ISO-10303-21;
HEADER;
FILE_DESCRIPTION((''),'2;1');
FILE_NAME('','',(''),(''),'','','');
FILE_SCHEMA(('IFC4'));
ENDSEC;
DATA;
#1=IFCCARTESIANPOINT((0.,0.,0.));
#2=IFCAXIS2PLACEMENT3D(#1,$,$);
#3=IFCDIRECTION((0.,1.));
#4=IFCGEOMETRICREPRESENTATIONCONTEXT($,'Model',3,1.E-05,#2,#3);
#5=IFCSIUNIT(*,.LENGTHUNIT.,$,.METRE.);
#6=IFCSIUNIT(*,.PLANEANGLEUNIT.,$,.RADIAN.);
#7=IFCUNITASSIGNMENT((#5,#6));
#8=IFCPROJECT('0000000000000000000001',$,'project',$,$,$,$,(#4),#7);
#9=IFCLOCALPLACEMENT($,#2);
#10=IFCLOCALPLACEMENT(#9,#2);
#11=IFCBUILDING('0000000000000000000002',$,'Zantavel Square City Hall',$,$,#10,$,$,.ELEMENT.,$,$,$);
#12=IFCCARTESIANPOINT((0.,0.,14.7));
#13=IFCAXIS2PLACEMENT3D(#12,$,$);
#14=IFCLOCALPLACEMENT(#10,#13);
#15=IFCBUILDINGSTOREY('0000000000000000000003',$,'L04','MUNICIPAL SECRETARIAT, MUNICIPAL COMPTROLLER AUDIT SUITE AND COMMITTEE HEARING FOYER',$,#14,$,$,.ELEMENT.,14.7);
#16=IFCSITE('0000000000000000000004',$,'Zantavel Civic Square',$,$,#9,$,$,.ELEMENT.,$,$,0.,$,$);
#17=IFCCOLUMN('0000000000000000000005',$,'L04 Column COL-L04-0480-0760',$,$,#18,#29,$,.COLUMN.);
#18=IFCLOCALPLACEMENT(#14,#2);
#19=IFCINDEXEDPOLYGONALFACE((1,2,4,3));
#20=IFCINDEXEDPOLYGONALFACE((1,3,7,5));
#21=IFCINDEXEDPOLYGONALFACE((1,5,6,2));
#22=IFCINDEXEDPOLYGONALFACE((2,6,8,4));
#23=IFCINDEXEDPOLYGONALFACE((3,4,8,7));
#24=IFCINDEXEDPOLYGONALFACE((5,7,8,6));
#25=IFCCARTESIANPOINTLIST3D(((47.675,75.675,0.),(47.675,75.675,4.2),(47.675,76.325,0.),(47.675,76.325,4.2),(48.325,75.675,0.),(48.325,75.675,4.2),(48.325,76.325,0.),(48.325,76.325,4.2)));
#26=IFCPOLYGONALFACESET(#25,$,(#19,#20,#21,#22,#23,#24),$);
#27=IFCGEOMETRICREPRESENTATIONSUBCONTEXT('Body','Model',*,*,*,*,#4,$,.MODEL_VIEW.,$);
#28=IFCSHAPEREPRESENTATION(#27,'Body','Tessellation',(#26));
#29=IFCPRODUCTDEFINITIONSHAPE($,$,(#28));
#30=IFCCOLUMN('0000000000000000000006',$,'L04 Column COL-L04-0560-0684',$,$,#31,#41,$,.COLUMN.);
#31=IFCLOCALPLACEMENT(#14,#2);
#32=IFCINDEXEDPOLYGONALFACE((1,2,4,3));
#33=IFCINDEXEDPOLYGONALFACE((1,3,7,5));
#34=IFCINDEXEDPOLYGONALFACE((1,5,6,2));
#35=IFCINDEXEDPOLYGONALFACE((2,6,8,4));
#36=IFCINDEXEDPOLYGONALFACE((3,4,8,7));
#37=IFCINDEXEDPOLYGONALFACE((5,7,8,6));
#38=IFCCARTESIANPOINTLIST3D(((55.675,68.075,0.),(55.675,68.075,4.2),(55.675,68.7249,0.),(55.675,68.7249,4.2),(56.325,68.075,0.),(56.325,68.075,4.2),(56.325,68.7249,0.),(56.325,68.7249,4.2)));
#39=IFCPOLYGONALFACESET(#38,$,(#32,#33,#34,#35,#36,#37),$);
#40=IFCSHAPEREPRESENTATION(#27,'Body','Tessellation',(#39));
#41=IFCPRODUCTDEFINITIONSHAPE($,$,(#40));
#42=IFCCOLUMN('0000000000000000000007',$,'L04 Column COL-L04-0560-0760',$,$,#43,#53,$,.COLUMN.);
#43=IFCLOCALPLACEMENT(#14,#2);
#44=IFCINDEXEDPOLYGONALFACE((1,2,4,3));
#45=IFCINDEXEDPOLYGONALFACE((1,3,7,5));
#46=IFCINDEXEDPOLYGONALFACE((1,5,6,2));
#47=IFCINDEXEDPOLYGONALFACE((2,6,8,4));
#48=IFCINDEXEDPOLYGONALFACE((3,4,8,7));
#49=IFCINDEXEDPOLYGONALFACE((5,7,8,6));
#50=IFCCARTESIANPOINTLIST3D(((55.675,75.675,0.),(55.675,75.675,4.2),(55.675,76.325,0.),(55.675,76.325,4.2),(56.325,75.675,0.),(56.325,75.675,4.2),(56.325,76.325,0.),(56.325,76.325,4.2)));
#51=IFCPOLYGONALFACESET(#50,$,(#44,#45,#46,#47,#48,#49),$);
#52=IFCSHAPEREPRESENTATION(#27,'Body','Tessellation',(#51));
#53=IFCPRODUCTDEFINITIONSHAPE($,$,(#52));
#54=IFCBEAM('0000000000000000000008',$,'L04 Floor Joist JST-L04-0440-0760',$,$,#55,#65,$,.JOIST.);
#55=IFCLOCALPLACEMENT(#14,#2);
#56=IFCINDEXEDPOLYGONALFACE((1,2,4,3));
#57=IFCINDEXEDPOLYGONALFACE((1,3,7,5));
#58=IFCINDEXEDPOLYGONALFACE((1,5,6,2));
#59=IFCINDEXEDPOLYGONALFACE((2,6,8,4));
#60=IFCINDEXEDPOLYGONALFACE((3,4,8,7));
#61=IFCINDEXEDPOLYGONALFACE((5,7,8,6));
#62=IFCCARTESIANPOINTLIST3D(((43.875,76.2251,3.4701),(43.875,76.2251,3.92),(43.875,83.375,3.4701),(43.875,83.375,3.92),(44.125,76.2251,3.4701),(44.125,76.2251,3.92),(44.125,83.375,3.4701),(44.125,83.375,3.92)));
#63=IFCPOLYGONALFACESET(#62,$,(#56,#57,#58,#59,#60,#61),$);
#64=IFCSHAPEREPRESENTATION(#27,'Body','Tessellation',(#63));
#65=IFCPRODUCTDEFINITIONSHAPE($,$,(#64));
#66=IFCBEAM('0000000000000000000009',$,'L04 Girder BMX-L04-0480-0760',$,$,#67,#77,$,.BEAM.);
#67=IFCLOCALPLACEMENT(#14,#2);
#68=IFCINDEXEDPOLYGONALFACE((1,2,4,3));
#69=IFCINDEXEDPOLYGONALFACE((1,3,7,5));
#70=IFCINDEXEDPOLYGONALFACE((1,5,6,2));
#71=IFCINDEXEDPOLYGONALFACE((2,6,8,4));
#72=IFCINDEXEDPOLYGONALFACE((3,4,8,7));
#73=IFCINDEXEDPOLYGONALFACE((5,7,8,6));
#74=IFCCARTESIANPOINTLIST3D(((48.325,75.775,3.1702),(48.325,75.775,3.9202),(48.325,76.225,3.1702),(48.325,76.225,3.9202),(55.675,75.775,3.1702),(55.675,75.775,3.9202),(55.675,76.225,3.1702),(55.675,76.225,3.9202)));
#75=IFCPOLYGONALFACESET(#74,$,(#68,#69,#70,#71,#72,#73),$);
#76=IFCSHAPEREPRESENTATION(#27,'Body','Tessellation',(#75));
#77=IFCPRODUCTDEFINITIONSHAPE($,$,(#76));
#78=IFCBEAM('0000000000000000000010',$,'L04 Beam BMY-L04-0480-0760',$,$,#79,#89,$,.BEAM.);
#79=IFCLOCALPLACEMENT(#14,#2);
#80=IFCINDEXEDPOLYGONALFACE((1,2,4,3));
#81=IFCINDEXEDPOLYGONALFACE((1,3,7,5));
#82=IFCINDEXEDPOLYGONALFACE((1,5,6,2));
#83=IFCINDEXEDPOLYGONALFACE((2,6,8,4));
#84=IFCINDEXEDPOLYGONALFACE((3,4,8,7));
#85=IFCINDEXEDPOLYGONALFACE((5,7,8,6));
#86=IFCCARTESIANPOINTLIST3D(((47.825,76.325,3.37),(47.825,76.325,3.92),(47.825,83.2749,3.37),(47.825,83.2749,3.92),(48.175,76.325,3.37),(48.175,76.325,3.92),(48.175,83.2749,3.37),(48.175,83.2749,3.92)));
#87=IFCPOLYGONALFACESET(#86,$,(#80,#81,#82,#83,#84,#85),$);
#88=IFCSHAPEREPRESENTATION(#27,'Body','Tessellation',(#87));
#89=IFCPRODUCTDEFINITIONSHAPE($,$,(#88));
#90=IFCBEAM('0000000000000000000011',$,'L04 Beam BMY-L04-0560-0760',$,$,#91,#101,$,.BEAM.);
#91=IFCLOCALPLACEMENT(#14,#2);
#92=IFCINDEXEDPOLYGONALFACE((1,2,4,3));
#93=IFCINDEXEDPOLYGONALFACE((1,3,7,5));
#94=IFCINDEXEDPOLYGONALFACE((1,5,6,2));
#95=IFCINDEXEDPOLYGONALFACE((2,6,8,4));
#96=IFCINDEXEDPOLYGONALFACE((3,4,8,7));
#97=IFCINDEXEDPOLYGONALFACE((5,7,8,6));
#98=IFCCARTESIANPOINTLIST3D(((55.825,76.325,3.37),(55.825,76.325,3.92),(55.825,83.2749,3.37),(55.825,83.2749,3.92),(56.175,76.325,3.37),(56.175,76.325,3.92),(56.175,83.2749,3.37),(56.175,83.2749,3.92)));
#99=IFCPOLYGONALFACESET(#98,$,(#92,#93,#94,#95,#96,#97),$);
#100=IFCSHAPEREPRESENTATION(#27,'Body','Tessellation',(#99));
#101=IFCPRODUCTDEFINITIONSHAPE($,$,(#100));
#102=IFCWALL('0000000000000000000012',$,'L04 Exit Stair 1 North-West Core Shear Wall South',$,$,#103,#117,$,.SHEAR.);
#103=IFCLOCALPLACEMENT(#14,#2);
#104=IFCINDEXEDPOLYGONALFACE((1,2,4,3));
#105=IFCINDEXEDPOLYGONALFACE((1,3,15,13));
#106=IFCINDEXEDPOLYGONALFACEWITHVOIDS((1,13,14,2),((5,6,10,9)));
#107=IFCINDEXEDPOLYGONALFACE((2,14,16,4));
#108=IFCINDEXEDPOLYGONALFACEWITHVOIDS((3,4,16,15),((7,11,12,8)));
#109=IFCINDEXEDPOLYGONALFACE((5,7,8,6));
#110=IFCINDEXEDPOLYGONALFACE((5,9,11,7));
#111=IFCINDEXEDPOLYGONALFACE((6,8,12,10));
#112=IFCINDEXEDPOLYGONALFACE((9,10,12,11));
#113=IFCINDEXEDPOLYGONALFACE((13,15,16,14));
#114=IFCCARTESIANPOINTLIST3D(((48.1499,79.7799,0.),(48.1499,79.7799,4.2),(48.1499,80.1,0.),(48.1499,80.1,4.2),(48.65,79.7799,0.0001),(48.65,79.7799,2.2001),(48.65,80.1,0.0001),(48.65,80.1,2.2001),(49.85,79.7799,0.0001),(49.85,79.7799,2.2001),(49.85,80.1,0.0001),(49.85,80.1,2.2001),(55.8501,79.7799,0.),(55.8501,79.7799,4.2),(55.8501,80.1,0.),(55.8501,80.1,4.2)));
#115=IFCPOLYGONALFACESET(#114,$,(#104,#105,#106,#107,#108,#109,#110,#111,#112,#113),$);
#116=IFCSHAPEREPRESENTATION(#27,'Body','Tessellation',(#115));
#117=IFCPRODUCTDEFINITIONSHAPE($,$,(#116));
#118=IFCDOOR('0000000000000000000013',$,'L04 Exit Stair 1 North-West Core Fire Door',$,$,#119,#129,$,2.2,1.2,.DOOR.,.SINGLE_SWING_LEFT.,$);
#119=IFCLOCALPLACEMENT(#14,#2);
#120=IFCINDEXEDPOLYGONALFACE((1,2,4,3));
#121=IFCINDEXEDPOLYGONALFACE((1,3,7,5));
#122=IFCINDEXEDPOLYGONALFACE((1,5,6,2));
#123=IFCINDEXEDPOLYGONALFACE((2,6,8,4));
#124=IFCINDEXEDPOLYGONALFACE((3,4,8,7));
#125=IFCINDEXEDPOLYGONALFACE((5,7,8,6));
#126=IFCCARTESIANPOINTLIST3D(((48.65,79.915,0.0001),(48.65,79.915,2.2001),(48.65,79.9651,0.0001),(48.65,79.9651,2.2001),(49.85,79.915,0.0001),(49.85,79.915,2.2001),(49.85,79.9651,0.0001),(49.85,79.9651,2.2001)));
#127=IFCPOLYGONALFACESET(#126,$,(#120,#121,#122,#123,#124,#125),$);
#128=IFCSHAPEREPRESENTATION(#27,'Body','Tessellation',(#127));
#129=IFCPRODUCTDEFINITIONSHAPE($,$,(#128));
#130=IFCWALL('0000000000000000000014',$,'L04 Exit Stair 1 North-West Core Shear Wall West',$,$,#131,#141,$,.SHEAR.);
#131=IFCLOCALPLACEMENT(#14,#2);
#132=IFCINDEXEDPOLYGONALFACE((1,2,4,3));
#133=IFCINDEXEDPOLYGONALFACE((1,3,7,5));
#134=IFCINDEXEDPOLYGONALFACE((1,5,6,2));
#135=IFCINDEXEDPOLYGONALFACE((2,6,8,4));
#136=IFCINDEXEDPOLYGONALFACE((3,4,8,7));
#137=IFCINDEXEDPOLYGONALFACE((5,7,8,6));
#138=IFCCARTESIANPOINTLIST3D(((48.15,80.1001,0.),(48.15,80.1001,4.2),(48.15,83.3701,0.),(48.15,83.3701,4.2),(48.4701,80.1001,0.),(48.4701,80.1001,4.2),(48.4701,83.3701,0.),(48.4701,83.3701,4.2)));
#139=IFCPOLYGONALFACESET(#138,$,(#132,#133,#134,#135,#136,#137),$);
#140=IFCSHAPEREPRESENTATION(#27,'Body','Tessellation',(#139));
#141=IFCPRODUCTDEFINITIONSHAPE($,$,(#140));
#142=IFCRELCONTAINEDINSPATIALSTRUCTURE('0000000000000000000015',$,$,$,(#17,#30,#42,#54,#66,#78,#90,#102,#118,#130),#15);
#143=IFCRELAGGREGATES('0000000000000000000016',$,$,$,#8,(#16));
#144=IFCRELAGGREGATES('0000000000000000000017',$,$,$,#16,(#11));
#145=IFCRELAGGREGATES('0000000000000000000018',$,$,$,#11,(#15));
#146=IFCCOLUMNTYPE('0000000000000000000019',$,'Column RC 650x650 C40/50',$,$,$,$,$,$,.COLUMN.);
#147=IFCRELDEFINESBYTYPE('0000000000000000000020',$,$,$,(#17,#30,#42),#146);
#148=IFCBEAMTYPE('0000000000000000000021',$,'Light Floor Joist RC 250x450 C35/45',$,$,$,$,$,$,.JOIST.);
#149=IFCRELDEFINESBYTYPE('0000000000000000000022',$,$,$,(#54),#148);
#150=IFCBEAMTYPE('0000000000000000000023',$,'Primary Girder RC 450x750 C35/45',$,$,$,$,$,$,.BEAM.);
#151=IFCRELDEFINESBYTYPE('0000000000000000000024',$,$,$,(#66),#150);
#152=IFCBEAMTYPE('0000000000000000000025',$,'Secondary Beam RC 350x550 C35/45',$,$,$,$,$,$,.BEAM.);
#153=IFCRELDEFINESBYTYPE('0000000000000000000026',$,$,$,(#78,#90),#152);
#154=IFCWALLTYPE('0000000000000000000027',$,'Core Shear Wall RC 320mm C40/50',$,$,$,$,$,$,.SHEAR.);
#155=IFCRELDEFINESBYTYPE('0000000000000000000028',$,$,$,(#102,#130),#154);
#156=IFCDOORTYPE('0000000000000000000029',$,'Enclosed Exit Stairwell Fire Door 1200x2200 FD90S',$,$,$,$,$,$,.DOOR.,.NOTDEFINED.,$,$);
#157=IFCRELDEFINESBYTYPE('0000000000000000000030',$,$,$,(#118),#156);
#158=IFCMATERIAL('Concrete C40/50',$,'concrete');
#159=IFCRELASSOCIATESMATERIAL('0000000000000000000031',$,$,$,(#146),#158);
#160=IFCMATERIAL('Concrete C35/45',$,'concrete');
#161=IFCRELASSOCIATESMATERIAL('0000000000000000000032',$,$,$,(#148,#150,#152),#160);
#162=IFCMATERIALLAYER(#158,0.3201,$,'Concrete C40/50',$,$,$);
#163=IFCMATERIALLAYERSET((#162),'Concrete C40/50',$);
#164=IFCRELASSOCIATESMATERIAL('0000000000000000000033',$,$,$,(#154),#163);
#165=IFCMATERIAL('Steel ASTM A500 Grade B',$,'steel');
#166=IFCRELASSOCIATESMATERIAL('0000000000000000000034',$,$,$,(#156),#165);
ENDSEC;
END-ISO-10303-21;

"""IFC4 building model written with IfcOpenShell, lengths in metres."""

from ifc_helpers import new_model, si_unit, direction, frame, frame_2d, origin, origin_2d, place, context, subcontext, project, spatial, rectangle, extrude, material, layer, layer_set, material_profile, profile_set, type_object, element, fill, save


model = new_model("IFC4")

# Units and contexts
model_context = context("Model", 3, precision=1e-05, world=origin(), true_north=direction((0.0, 1.0)))
body_context = subcontext(model_context, "Body", "Model", "MODEL_VIEW")
ifc_project = project(units=[si_unit("LENGTHUNIT", "METRE"), si_unit("PLANEANGLEUNIT", "RADIAN")], contexts=[model_context])

# Site, building, storey
site_placement = place(None, origin())
site = spatial("IfcSite", under=ifc_project, at=site_placement, Name="Zantavel Civic Square", CompositionType="ELEMENT", RefElevation=0.0)
building_placement = place(site_placement, origin())
building = spatial("IfcBuilding", under=site, at=building_placement, Name="Zantavel Square City Hall", CompositionType="ELEMENT")
storey_placement = place(building_placement, frame((0.0, 0.0, 14.7)))
storey = spatial("IfcBuildingStorey", under=building, at=storey_placement, Name="L04", Description="MUNICIPAL SECRETARIAT, MUNICIPAL COMPTROLLER AUDIT SUITE AND COMMITTEE HEARING FOYER", CompositionType="ELEMENT", Elevation=14.7)

# Columns
ifc_material_1 = material(Name="Concrete C40/50", Category="concrete")
ifc_material_profile_1 = material_profile(ifc_material_1, rectangle(XDim=0.6499, YDim=0.6499, at=origin_2d()), Name="RC 650x650")
ifc_profile_set_1 = profile_set([ifc_material_profile_1], Name="Concrete C40/50")
column_type = type_object("IfcColumnType", Name="Column RC 650x650 C40/50", PredefinedType="COLUMN", material=ifc_profile_set_1)
for number, where, z_axis, x_axis, name in (
    (1, (48.0, 76.0, 0.0), (0.0, 0.0, 1.0), (1.0, 0.0, 0.0), "L04 Column COL-L04-0480-0760"),
    (2, (56.0, 68.3999, 0.0), (0.0, 0.0, 1.0), (1.0, 0.0, 0.0), "L04 Column COL-L04-0560-0684"),
    (3, (56.0, 76.0, 0.0), (0.0, 0.0, 1.0), (1.0, 0.0, 0.0), "L04 Column COL-L04-0560-0760"),
):
    element("IfcColumn", number, at=place(storey_placement, frame(where, z_axis=z_axis, x_axis=x_axis)), inside=storey, type_object=column_type, Name=name, PredefinedType="COLUMN", context=body_context, shape_type="SweptSolid", body=[
        extrude(rectangle(XDim=0.6499, YDim=0.6499, at=origin_2d()), origin(), (0.0, 0.0, 1.0), 4.2),
    ])

# Beams
ifc_material_2 = material(Name="Concrete C35/45", Category="concrete")
ifc_material_profile_2 = material_profile(ifc_material_2, rectangle(XDim=0.25, YDim=0.45, at=origin_2d()), Name="RC 250x450")
ifc_profile_set_2 = profile_set([ifc_material_profile_2], Name="Concrete C35/45")
beam_type_1 = type_object("IfcBeamType", Name="Light Floor Joist RC 250x450 C35/45", PredefinedType="JOIST", material=ifc_profile_set_2)
beam_1_placement = place(storey_placement, frame((44.0, 76.2251, 3.6951), z_axis=(0.0, 1.0, 0.0), x_axis=(-1.0, 0.0, 0.0)))
element("IfcBeam", 4, at=beam_1_placement, inside=storey, type_object=beam_type_1, Name="L04 Floor Joist JST-L04-0440-0760", PredefinedType="JOIST", context=body_context, shape_type="SweptSolid", body=[
    extrude(rectangle(XDim=0.25, YDim=0.45, at=origin_2d()), origin(), (0.0, 0.0, 1.0), 7.1499),
])
ifc_material_profile_3 = material_profile(ifc_material_2, rectangle(XDim=0.45, YDim=0.75, at=origin_2d()), Name="RC 450x750")
ifc_profile_set_3 = profile_set([ifc_material_profile_3], Name="Concrete C35/45")
beam_type_2 = type_object("IfcBeamType", Name="Primary Girder RC 450x750 C35/45", PredefinedType="BEAM", material=ifc_profile_set_3)
beam_2_placement = place(storey_placement, frame((48.325, 76.0, 3.5452), z_axis=(1.0, 0.0, 0.0), x_axis=(0.0, 1.0, 0.0)))
element("IfcBeam", 5, at=beam_2_placement, inside=storey, type_object=beam_type_2, Name="L04 Girder BMX-L04-0480-0760", PredefinedType="BEAM", context=body_context, shape_type="SweptSolid", body=[
    extrude(rectangle(XDim=0.45, YDim=0.75, at=origin_2d()), origin(), (0.0, 0.0, 1.0), 7.3501),
])
ifc_material_profile_4 = material_profile(ifc_material_2, rectangle(XDim=0.3501, YDim=0.55, at=origin_2d()), Name="RC 350x550")
ifc_profile_set_4 = profile_set([ifc_material_profile_4], Name="Concrete C35/45")
beam_type_3 = type_object("IfcBeamType", Name="Secondary Beam RC 350x550 C35/45", PredefinedType="BEAM", material=ifc_profile_set_4)
for number, where, z_axis, x_axis, name in (
    (6, (48.0, 76.325, 3.645), (0.0, 1.0, 0.0), (-1.0, 0.0, 0.0), "L04 Beam BMY-L04-0480-0760"),
    (7, (56.0, 76.325, 3.645), (0.0, 1.0, 0.0), (-1.0, 0.0, 0.0), "L04 Beam BMY-L04-0560-0760"),
):
    element("IfcBeam", number, at=place(storey_placement, frame(where, z_axis=z_axis, x_axis=x_axis)), inside=storey, type_object=beam_type_3, Name=name, PredefinedType="BEAM", context=body_context, shape_type="SweptSolid", body=[
        extrude(rectangle(XDim=0.3501, YDim=0.55, at=origin_2d()), origin(), (0.0, 0.0, 1.0), 6.95),
    ])

# Wall, opening, door
ifc_layer_1 = layer(ifc_material_1, 0.3201, Name="Concrete C40/50")
ifc_layer_set_1 = layer_set([ifc_layer_1], Name="Concrete C40/50")
wall_type_1 = type_object("IfcWallType", Name="Core Shear Wall RC 320mm C40/50", PredefinedType="SHEAR", material=ifc_layer_set_1)
wall_1_placement = place(storey_placement, frame((55.8501, 79.9399, 0.0), z_axis=(0.0, 0.0, 1.0), x_axis=(-1.0, 0.0, 0.0)))
wall_1 = element("IfcWall", 8, at=wall_1_placement, inside=storey, type_object=wall_type_1, Name="L04 Exit Stair 1 North-West Core Shear Wall South", PredefinedType="SHEAR", context=body_context, shape_type="SweptSolid", body=[
    extrude(rectangle(XDim=7.7002, YDim=0.3201, at=frame_2d((3.8501, 0.0))), origin(), (0.0, 0.0, 1.0), 4.2),
])
opening_1_placement = place(wall_1_placement, frame((6.0, 0.0, 0.0)))
opening_1 = element("IfcOpeningElement", 9, at=opening_1_placement, cuts=wall_1, PredefinedType="OPENING", context=body_context, shape_type="SweptSolid", body=[
    extrude(rectangle(XDim=1.2, YDim=2.2, at=frame_2d((0.6001, 1.1001))), frame((0.0, 0.1699, 0.0), z_axis=(0.0, -1.0, 0.0), x_axis=(1.0, 0.0, 0.0)), (0.0, 0.0, 1.0), 0.3401),
])
ifc_material_3 = material(Name="Steel ASTM A500 Grade B", Category="steel")
door_type_1 = type_object("IfcDoorType", Name="Enclosed Exit Stairwell Fire Door 1200x2200 FD90S", OperationType="NOTDEFINED", PredefinedType="DOOR", material=ifc_material_3)
door_1_placement = place(opening_1_placement, origin())
door_1 = element("IfcDoor", 10, at=door_1_placement, inside=storey, type_object=door_type_1, Name="L04 Exit Stair 1 North-West Core Fire Door", OperationType="SINGLE_SWING_LEFT", OverallHeight=2.2, OverallWidth=1.2, PredefinedType="DOOR", context=body_context, shape_type="SweptSolid", body=[
    extrude(rectangle(XDim=1.2, YDim=2.2, at=frame_2d((0.6001, 1.1001))), frame((0.0, 0.0249, 0.0), z_axis=(0.0, -1.0, 0.0), x_axis=(1.0, 0.0, 0.0)), (0.0, 0.0, 1.0), 0.05),
])
fill(opening_1, door_1)

# Wall
wall_2_placement = place(storey_placement, frame((48.3101, 80.1001, 0.0), z_axis=(0.0, 0.0, 1.0), x_axis=(0.0, 1.0, 0.0)))
element("IfcWall", 11, at=wall_2_placement, inside=storey, type_object=wall_type_1, Name="L04 Exit Stair 1 North-West Core Shear Wall West", PredefinedType="SHEAR", context=body_context, shape_type="SweptSolid", body=[
    extrude(rectangle(XDim=3.27, YDim=0.3201, at=frame_2d((1.635, 0.0))), origin(), (0.0, 0.0, 1.0), 4.2),
])

save(model, "model.ifc")
